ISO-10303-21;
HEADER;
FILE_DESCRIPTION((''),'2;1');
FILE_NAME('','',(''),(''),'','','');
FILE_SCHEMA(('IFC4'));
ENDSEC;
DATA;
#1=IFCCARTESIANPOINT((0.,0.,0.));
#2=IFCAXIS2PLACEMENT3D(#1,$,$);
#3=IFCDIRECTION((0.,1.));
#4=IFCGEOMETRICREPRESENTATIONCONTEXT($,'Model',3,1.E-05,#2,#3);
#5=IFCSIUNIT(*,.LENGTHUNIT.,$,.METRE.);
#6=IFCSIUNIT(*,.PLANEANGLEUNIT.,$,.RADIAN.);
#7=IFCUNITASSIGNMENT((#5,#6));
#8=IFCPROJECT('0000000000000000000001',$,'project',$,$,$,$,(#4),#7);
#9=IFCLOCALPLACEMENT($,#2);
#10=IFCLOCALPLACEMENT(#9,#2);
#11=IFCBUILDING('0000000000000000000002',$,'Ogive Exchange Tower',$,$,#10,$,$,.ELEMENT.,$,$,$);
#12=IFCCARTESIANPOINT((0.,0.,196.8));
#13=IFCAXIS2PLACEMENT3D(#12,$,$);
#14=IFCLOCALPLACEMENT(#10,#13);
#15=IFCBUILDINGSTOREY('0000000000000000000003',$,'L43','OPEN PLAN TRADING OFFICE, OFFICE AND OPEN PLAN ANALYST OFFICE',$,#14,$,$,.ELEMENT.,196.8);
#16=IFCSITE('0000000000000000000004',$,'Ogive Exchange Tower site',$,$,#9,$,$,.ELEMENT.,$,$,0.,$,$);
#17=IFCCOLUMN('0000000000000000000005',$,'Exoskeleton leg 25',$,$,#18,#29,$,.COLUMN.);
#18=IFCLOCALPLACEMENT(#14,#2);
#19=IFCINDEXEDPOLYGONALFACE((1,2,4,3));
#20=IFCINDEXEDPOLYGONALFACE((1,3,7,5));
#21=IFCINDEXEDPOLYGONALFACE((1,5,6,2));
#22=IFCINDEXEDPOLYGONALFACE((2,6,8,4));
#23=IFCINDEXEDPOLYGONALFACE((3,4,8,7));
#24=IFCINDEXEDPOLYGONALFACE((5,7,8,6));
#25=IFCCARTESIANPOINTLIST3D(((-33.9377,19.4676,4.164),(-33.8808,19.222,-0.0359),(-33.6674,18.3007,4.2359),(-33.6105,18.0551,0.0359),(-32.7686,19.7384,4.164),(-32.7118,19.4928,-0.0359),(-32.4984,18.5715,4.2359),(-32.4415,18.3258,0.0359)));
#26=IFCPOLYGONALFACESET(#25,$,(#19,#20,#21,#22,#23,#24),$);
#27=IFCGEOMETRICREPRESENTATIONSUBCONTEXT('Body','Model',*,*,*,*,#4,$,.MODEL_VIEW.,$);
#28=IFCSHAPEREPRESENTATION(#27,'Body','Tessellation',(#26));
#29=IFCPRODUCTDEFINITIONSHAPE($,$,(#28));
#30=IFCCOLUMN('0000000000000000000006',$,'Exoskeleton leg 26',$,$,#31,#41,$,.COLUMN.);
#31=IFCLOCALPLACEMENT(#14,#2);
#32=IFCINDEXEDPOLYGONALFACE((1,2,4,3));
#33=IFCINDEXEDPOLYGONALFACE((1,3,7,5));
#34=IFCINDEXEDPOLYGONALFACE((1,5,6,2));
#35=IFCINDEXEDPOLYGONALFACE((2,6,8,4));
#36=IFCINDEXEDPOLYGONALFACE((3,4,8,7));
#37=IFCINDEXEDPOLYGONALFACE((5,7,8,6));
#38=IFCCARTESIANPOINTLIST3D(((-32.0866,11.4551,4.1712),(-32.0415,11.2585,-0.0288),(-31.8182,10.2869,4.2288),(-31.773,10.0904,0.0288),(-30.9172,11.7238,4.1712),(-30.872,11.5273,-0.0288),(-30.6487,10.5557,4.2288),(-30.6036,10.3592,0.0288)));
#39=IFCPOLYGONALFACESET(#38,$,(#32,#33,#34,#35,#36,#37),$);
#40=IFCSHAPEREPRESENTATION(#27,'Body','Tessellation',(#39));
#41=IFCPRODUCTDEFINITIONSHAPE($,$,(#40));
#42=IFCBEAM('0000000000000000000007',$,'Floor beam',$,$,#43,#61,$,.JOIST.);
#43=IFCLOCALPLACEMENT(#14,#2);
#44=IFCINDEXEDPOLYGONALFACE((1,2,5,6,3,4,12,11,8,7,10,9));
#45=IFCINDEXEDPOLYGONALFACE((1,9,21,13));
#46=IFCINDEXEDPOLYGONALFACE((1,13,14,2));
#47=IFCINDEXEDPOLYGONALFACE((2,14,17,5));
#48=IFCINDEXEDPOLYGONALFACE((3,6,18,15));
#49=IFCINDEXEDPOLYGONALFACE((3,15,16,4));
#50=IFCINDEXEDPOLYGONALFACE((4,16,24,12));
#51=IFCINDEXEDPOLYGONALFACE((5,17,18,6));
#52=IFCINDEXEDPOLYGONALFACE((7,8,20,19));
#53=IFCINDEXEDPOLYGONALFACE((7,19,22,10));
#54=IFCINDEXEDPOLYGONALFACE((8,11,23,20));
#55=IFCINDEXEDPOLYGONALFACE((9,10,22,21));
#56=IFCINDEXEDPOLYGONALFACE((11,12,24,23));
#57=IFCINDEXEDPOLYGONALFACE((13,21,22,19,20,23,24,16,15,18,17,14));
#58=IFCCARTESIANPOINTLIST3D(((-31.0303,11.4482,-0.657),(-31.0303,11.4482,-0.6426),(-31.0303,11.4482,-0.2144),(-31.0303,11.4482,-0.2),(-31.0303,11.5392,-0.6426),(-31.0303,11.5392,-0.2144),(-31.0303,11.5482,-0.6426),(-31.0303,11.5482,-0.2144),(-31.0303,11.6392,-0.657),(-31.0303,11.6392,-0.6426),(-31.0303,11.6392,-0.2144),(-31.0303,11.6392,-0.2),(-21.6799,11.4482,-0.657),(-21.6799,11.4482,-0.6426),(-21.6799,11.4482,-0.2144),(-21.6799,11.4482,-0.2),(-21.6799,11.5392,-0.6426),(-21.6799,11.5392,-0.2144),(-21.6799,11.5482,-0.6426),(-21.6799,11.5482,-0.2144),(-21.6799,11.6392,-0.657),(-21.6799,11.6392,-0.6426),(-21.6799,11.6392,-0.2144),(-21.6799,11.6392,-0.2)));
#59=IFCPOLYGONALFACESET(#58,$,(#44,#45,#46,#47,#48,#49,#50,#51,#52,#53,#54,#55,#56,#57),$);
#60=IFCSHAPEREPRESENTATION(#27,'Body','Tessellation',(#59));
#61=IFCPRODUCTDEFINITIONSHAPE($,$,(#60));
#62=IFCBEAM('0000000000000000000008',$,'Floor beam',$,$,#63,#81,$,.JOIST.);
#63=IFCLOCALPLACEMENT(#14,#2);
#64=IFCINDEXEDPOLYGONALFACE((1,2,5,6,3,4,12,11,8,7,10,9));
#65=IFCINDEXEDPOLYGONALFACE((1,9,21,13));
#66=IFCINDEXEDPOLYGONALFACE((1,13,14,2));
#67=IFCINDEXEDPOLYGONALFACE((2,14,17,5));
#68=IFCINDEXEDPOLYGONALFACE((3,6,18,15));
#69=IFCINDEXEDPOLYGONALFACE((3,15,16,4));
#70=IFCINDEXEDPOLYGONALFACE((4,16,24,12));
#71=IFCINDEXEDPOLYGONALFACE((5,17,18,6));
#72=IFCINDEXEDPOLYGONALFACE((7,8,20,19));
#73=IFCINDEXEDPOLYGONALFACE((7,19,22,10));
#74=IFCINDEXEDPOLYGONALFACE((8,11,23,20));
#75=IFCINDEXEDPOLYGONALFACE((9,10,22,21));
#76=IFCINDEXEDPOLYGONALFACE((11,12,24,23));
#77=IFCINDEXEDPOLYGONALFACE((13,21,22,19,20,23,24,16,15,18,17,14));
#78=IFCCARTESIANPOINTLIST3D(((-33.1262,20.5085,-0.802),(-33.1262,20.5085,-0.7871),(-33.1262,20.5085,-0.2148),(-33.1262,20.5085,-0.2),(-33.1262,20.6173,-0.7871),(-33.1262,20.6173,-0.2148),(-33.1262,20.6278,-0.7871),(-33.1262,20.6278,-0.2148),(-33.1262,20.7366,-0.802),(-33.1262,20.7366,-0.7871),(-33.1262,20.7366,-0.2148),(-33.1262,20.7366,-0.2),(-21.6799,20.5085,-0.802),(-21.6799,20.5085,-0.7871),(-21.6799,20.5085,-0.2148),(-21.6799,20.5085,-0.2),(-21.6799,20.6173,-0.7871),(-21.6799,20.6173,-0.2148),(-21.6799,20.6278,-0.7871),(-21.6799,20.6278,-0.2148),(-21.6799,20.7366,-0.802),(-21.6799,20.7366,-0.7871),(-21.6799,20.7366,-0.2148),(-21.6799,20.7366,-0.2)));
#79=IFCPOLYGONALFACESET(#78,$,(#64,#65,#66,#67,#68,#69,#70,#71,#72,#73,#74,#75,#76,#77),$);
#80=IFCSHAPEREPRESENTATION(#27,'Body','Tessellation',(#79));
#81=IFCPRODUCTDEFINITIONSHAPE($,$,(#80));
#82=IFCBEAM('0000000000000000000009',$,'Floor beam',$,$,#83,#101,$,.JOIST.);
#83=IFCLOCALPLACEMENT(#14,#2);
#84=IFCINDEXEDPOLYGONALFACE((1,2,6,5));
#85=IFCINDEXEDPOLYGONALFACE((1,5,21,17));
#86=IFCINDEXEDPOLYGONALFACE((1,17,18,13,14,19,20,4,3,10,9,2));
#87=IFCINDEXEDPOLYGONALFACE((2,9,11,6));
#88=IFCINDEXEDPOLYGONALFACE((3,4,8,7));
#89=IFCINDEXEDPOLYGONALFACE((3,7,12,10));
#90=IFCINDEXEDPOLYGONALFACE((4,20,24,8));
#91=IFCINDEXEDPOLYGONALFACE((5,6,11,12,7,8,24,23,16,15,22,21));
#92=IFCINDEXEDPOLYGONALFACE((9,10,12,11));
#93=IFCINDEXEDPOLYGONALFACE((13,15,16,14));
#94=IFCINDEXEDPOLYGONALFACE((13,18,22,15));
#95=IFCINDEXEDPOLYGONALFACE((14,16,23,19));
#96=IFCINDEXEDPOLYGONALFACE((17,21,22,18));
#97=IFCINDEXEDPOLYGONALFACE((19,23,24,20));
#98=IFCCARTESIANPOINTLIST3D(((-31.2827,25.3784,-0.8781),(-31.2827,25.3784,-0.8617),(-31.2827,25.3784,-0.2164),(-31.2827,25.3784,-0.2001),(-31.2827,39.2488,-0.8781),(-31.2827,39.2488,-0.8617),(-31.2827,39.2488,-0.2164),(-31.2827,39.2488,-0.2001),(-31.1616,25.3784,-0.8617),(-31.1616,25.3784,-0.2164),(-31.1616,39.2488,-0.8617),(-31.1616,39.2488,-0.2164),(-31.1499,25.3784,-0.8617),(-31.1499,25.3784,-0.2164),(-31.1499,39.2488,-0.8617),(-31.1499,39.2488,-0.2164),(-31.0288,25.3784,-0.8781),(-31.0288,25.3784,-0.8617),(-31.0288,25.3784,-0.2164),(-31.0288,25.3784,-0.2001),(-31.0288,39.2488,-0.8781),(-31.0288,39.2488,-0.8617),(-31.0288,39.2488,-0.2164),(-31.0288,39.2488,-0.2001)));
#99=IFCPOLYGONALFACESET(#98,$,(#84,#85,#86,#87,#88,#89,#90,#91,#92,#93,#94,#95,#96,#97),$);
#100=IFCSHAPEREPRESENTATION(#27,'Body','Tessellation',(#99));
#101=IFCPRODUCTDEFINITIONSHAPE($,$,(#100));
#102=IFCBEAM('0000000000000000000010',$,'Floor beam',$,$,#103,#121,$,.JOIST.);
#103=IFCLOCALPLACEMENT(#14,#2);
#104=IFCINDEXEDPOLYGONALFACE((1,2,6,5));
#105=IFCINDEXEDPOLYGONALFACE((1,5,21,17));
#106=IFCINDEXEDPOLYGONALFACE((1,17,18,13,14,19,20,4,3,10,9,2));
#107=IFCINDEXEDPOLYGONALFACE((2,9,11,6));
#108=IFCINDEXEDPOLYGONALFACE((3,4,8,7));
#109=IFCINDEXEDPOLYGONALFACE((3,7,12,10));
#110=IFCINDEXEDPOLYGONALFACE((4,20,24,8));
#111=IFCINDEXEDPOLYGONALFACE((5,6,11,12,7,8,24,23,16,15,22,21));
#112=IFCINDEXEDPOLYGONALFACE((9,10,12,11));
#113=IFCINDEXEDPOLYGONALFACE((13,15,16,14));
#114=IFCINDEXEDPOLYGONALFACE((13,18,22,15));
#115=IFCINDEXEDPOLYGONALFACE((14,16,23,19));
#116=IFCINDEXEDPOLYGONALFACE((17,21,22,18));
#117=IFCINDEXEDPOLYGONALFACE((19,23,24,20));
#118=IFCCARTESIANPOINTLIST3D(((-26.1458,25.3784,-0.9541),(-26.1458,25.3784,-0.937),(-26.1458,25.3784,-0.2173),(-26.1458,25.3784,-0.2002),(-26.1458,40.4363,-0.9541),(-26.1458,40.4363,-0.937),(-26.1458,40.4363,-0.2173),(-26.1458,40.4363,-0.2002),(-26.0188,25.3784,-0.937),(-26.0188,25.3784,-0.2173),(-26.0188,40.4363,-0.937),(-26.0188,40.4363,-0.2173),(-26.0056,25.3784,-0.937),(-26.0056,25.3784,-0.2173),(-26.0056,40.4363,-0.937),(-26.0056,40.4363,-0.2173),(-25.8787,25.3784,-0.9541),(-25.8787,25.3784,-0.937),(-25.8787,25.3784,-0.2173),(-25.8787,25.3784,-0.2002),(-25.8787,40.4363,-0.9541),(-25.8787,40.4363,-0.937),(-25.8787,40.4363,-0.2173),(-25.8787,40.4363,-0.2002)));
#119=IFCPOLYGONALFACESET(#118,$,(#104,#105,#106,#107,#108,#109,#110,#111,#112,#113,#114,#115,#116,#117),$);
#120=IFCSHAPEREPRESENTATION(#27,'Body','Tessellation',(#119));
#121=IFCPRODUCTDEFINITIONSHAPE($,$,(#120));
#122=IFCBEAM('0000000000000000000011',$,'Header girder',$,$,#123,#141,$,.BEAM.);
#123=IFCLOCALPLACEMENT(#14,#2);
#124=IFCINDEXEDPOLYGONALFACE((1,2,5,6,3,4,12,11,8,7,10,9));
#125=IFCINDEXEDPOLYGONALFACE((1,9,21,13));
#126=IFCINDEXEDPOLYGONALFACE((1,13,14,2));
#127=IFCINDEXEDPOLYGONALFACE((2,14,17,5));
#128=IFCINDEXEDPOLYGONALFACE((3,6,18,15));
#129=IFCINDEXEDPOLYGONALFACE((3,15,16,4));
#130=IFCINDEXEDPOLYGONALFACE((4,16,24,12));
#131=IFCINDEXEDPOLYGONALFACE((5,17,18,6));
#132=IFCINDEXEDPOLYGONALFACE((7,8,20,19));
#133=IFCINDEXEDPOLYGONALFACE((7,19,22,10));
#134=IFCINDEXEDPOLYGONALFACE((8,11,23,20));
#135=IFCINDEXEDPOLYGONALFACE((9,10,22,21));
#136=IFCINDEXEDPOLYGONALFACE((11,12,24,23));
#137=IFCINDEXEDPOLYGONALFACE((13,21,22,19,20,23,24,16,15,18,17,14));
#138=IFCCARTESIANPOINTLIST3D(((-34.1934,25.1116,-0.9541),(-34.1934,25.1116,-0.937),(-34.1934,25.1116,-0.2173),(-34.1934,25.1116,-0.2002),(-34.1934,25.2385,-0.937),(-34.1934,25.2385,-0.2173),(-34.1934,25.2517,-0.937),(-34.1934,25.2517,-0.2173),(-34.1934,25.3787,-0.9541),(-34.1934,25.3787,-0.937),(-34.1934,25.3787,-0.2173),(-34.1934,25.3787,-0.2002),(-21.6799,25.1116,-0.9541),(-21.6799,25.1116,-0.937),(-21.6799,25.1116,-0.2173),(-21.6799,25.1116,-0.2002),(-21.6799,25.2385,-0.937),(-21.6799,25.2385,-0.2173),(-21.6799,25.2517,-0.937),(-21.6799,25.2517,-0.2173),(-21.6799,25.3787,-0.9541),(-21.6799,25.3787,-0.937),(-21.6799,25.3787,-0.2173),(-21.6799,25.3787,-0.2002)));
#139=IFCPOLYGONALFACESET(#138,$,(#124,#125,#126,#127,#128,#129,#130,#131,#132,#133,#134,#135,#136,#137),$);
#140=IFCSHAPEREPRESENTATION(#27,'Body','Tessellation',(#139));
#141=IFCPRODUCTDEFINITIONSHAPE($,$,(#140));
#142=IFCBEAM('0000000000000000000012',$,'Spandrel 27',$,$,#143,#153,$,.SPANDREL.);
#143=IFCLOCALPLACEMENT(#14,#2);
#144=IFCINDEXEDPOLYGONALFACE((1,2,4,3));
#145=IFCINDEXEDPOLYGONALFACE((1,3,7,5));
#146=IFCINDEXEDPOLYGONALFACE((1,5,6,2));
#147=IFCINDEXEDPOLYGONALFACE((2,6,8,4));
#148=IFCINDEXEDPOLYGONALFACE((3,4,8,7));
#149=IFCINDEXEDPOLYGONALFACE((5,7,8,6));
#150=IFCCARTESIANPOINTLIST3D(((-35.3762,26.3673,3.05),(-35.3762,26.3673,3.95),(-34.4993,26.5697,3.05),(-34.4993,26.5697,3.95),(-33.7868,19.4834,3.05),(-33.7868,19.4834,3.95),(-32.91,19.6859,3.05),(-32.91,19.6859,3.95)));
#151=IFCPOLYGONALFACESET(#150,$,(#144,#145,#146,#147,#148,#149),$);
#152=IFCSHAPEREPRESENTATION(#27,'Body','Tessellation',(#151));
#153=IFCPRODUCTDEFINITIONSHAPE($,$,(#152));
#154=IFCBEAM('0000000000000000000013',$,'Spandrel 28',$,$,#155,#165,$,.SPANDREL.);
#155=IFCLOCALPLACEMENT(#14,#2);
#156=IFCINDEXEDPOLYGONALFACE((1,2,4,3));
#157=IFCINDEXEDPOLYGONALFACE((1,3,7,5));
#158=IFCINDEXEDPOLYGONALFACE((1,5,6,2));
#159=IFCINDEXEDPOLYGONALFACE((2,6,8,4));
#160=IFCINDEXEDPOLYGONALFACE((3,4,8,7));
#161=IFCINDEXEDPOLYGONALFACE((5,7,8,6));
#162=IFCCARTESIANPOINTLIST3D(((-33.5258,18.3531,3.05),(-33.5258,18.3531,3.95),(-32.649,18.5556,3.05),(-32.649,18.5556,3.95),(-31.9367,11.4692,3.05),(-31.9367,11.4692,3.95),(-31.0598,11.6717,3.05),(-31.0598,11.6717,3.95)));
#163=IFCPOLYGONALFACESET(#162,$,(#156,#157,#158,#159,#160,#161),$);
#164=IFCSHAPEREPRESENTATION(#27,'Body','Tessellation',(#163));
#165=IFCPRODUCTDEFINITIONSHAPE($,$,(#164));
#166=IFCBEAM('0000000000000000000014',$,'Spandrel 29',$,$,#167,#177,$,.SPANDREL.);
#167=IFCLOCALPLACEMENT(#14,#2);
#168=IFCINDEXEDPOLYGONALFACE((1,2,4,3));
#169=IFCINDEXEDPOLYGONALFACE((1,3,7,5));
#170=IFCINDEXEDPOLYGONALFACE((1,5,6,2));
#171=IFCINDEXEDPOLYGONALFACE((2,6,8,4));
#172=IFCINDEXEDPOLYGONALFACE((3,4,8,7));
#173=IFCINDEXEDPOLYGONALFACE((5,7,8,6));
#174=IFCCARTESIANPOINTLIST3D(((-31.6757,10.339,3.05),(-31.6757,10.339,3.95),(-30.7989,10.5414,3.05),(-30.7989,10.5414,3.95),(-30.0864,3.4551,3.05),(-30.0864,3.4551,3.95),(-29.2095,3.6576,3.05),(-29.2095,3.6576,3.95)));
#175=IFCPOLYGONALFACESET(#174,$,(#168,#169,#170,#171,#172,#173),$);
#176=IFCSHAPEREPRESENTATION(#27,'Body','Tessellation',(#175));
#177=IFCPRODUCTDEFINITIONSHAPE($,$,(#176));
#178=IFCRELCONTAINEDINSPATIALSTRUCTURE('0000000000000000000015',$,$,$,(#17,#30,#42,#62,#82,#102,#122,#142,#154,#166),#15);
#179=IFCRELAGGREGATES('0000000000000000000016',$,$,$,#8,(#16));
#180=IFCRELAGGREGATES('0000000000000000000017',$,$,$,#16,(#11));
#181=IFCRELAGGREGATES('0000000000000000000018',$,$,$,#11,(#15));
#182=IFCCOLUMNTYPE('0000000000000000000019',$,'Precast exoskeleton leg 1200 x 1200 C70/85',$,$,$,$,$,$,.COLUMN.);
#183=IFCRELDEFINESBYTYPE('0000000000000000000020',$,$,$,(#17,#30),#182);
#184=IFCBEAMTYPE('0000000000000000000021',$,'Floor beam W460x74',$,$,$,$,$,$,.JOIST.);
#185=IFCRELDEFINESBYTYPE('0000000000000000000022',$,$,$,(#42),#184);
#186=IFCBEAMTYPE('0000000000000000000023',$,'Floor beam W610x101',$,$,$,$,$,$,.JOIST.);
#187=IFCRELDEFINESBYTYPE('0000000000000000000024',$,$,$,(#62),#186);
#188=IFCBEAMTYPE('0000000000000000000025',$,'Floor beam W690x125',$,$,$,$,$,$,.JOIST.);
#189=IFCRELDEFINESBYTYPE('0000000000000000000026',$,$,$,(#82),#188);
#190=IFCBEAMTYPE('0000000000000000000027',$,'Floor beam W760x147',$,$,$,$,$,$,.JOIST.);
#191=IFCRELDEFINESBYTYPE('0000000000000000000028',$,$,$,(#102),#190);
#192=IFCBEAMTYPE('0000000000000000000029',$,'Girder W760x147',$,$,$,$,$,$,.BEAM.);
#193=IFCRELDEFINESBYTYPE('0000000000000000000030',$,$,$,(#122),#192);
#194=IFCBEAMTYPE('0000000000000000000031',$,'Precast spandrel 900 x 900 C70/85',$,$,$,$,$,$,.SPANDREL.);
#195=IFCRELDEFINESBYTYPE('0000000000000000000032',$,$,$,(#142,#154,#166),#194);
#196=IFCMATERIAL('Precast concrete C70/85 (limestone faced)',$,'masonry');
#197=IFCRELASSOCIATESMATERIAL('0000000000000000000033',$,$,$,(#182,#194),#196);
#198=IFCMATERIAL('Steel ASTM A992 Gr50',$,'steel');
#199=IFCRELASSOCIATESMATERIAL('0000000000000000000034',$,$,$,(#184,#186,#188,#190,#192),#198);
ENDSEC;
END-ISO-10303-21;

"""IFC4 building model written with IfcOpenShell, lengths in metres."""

from ifc_helpers import new_model, si_unit, direction, frame, origin, origin_2d, place, context, subcontext, project, spatial, rectangle, i_section, extrude, material, material_profile, profile_set, type_object, element, save


model = new_model("IFC4")

# Units and contexts
model_context = context("Model", 3, precision=1e-05, world=origin(), true_north=direction((0.0, 1.0)))
body_context = subcontext(model_context, "Body", "Model", "MODEL_VIEW")
ifc_project = project(units=[si_unit("LENGTHUNIT", "METRE"), si_unit("PLANEANGLEUNIT", "RADIAN")], contexts=[model_context])

# Site, building, storey
site_placement = place(None, origin())
site = spatial("IfcSite", under=ifc_project, at=site_placement, Name="Ogive Exchange Tower site", CompositionType="ELEMENT", RefElevation=0.0)
building_placement = place(site_placement, origin())
building = spatial("IfcBuilding", under=site, at=building_placement, Name="Ogive Exchange Tower", CompositionType="ELEMENT")
storey_placement = place(building_placement, frame((0.0, 0.0, 196.8)))
storey = spatial("IfcBuildingStorey", under=building, at=storey_placement, Name="L43", Description="OPEN PLAN TRADING OFFICE, OFFICE AND OPEN PLAN ANALYST OFFICE", CompositionType="ELEMENT", Elevation=196.8)

# Columns
ifc_material_1 = material(Name="Precast concrete C70/85 (limestone faced)", Category="masonry")
ifc_material_profile_1 = material_profile(ifc_material_1, rectangle(XDim=1.2, YDim=1.2, at=origin_2d()), Name="1200 x 1200")
ifc_profile_set_1 = profile_set([ifc_material_profile_1], Name="Precast concrete C70/85 (limestone faced)")
column_type = type_object("IfcColumnType", Name="Precast exoskeleton leg 1200 x 1200 C70/85", PredefinedType="COLUMN", material=ifc_profile_set_1)
column_1_placement = place(storey_placement, frame((-33.1611, 18.7739, 0.0), z_axis=(-0.01352, 0.058373, 0.998203), x_axis=(-0.974211, -0.225637, 0.0)))
element("IfcColumn", 1, at=column_1_placement, inside=storey, type_object=column_type, Name="Exoskeleton leg 25", PredefinedType="COLUMN", context=body_context, shape_type="SweptSolid", body=[
    extrude(rectangle(XDim=1.2, YDim=1.2, at=origin_2d()), origin(), (0.0, 0.0, 1.0), 4.2075),
])
column_2_placement = place(storey_placement, frame((-31.3225, 10.8088, 0.0), z_axis=(-0.010742, 0.04674, 0.998849), x_axis=(-0.974595, -0.223975, 0.0)))
element("IfcColumn", 2, at=column_2_placement, inside=storey, type_object=column_type, Name="Exoskeleton leg 26", PredefinedType="COLUMN", context=body_context, shape_type="SweptSolid", body=[
    extrude(rectangle(XDim=1.2, YDim=1.2, at=origin_2d()), origin(), (0.0, 0.0, 1.0), 4.2048),
])

# Beams
ifc_material_2 = material(Name="Steel ASTM A992 Gr50", Category="steel")
ifc_material_profile_2 = material_profile(ifc_material_2, i_section(OverallWidth=0.1909, OverallDepth=0.457, WebThickness=0.009, FlangeThickness=0.0144, at=origin_2d()), Name="W460x74")
ifc_profile_set_2 = profile_set([ifc_material_profile_2], Name="Steel ASTM A992 Gr50")
beam_type_1 = type_object("IfcBeamType", Name="Floor beam W460x74", PredefinedType="JOIST", material=ifc_profile_set_2)
beam_1_placement = place(storey_placement, frame((-31.0303, 11.5437, -0.4285), z_axis=(1.0, 0.0, 0.0), x_axis=(0.0, 1.0, 0.0)))
element("IfcBeam", 3, at=beam_1_placement, inside=storey, type_object=beam_type_1, Name="Floor beam", PredefinedType="JOIST", context=body_context, shape_type="SweptSolid", body=[
    extrude(i_section(OverallWidth=0.1909, OverallDepth=0.457, WebThickness=0.009, FlangeThickness=0.0144, at=origin_2d()), origin(), (0.0, 0.0, 1.0), 9.3503),
])
ifc_material_profile_3 = material_profile(ifc_material_2, i_section(OverallWidth=0.228, OverallDepth=0.6021, WebThickness=0.0105, FlangeThickness=0.0149, at=origin_2d()), Name="W610x101")
ifc_profile_set_3 = profile_set([ifc_material_profile_3], Name="Steel ASTM A992 Gr50")
beam_type_2 = type_object("IfcBeamType", Name="Floor beam W610x101", PredefinedType="JOIST", material=ifc_profile_set_3)
beam_2_placement = place(storey_placement, frame((-33.1262, 20.6226, -0.501), z_axis=(1.0, 0.0, 0.0), x_axis=(0.0, 1.0, 0.0)))
element("IfcBeam", 4, at=beam_2_placement, inside=storey, type_object=beam_type_2, Name="Floor beam", PredefinedType="JOIST", context=body_context, shape_type="SweptSolid", body=[
    extrude(i_section(OverallWidth=0.228, OverallDepth=0.6021, WebThickness=0.0105, FlangeThickness=0.0149, at=origin_2d()), origin(), (0.0, 0.0, 1.0), 11.4463),
])
ifc_material_profile_4 = material_profile(ifc_material_2, i_section(OverallWidth=0.2539, OverallDepth=0.678, WebThickness=0.0117, FlangeThickness=0.0164, at=origin_2d()), Name="W690x125")
ifc_profile_set_4 = profile_set([ifc_material_profile_4], Name="Steel ASTM A992 Gr50")
beam_type_3 = type_object("IfcBeamType", Name="Floor beam W690x125", PredefinedType="JOIST", material=ifc_profile_set_4)
beam_3_placement = place(storey_placement, frame((-31.1558, 25.3784, -0.5391), z_axis=(0.0, 1.0, 0.0), x_axis=(-1.0, 0.0, 0.0)))
element("IfcBeam", 5, at=beam_3_placement, inside=storey, type_object=beam_type_3, Name="Floor beam", PredefinedType="JOIST", context=body_context, shape_type="SweptSolid", body=[
    extrude(i_section(OverallWidth=0.2539, OverallDepth=0.678, WebThickness=0.0117, FlangeThickness=0.0164, at=origin_2d()), origin(), (0.0, 0.0, 1.0), 13.8704),
])
ifc_material_profile_5 = material_profile(ifc_material_2, i_section(OverallWidth=0.2671, OverallDepth=0.7539, WebThickness=0.0132, FlangeThickness=0.0171, at=origin_2d()), Name="W760x147")
ifc_profile_set_5 = profile_set([ifc_material_profile_5], Name="Steel ASTM A992 Gr50")
beam_type_4 = type_object("IfcBeamType", Name="Floor beam W760x147", PredefinedType="JOIST", material=ifc_profile_set_5)
beam_4_placement = place(storey_placement, frame((-26.0122, 25.3784, -0.5771), z_axis=(0.0, 1.0, 0.0), x_axis=(-1.0, 0.0, 0.0)))
element("IfcBeam", 6, at=beam_4_placement, inside=storey, type_object=beam_type_4, Name="Floor beam", PredefinedType="JOIST", context=body_context, shape_type="SweptSolid", body=[
    extrude(i_section(OverallWidth=0.2671, OverallDepth=0.7539, WebThickness=0.0132, FlangeThickness=0.0171, at=origin_2d()), origin(), (0.0, 0.0, 1.0), 15.0579),
])
ifc_material_profile_6 = material_profile(ifc_material_2, i_section(OverallWidth=0.2671, OverallDepth=0.7539, WebThickness=0.0132, FlangeThickness=0.0171, at=origin_2d()), Name="W760x147")
ifc_profile_set_6 = profile_set([ifc_material_profile_6], Name="Steel ASTM A992 Gr50")
beam_type_5 = type_object("IfcBeamType", Name="Girder W760x147", PredefinedType="BEAM", material=ifc_profile_set_6)
beam_5_placement = place(storey_placement, frame((-34.1934, 25.2451, -0.5771), z_axis=(1.0, 0.0, 0.0), x_axis=(0.0, 1.0, 0.0)))
element("IfcBeam", 7, at=beam_5_placement, inside=storey, type_object=beam_type_5, Name="Header girder", PredefinedType="BEAM", context=body_context, shape_type="SweptSolid", body=[
    extrude(i_section(OverallWidth=0.2671, OverallDepth=0.7539, WebThickness=0.0132, FlangeThickness=0.0171, at=origin_2d()), origin(), (0.0, 0.0, 1.0), 12.5134),
])
ifc_material_profile_7 = material_profile(ifc_material_1, rectangle(XDim=0.8999, YDim=0.8999, at=origin_2d()), Name="900 x 900")
ifc_profile_set_7 = profile_set([ifc_material_profile_7], Name="Precast concrete C70/85 (limestone faced)")
beam_type_6 = type_object("IfcBeamType", Name="Precast spandrel 900 x 900 C70/85", PredefinedType="SPANDREL", material=ifc_profile_set_7)
for number, where, z_axis, x_axis, name in (
    (8, (-34.9377, 26.4685, 3.5), (0.224966, -0.974367, 0.0), (0.974367, 0.224966, 0.0), "Spandrel 27"),
    (9, (-33.0874, 18.4543, 3.5), (0.224933, -0.974374, 0.0), (0.974374, 0.224933, 0.0), "Spandrel 28"),
    (10, (-31.2373, 10.4402, 3.5), (0.224966, -0.974367, 0.0), (0.974367, 0.224966, 0.0), "Spandrel 29"),
):
    element("IfcBeam", number, at=place(storey_placement, frame(where, z_axis=z_axis, x_axis=x_axis)), inside=storey, type_object=beam_type_6, Name=name, PredefinedType="SPANDREL", context=body_context, shape_type="SweptSolid", body=[
        extrude(rectangle(XDim=0.8999, YDim=0.8999, at=origin_2d()), origin(), (0.0, 0.0, 1.0), 7.0649),
    ])

save(model, "model.ifc")
